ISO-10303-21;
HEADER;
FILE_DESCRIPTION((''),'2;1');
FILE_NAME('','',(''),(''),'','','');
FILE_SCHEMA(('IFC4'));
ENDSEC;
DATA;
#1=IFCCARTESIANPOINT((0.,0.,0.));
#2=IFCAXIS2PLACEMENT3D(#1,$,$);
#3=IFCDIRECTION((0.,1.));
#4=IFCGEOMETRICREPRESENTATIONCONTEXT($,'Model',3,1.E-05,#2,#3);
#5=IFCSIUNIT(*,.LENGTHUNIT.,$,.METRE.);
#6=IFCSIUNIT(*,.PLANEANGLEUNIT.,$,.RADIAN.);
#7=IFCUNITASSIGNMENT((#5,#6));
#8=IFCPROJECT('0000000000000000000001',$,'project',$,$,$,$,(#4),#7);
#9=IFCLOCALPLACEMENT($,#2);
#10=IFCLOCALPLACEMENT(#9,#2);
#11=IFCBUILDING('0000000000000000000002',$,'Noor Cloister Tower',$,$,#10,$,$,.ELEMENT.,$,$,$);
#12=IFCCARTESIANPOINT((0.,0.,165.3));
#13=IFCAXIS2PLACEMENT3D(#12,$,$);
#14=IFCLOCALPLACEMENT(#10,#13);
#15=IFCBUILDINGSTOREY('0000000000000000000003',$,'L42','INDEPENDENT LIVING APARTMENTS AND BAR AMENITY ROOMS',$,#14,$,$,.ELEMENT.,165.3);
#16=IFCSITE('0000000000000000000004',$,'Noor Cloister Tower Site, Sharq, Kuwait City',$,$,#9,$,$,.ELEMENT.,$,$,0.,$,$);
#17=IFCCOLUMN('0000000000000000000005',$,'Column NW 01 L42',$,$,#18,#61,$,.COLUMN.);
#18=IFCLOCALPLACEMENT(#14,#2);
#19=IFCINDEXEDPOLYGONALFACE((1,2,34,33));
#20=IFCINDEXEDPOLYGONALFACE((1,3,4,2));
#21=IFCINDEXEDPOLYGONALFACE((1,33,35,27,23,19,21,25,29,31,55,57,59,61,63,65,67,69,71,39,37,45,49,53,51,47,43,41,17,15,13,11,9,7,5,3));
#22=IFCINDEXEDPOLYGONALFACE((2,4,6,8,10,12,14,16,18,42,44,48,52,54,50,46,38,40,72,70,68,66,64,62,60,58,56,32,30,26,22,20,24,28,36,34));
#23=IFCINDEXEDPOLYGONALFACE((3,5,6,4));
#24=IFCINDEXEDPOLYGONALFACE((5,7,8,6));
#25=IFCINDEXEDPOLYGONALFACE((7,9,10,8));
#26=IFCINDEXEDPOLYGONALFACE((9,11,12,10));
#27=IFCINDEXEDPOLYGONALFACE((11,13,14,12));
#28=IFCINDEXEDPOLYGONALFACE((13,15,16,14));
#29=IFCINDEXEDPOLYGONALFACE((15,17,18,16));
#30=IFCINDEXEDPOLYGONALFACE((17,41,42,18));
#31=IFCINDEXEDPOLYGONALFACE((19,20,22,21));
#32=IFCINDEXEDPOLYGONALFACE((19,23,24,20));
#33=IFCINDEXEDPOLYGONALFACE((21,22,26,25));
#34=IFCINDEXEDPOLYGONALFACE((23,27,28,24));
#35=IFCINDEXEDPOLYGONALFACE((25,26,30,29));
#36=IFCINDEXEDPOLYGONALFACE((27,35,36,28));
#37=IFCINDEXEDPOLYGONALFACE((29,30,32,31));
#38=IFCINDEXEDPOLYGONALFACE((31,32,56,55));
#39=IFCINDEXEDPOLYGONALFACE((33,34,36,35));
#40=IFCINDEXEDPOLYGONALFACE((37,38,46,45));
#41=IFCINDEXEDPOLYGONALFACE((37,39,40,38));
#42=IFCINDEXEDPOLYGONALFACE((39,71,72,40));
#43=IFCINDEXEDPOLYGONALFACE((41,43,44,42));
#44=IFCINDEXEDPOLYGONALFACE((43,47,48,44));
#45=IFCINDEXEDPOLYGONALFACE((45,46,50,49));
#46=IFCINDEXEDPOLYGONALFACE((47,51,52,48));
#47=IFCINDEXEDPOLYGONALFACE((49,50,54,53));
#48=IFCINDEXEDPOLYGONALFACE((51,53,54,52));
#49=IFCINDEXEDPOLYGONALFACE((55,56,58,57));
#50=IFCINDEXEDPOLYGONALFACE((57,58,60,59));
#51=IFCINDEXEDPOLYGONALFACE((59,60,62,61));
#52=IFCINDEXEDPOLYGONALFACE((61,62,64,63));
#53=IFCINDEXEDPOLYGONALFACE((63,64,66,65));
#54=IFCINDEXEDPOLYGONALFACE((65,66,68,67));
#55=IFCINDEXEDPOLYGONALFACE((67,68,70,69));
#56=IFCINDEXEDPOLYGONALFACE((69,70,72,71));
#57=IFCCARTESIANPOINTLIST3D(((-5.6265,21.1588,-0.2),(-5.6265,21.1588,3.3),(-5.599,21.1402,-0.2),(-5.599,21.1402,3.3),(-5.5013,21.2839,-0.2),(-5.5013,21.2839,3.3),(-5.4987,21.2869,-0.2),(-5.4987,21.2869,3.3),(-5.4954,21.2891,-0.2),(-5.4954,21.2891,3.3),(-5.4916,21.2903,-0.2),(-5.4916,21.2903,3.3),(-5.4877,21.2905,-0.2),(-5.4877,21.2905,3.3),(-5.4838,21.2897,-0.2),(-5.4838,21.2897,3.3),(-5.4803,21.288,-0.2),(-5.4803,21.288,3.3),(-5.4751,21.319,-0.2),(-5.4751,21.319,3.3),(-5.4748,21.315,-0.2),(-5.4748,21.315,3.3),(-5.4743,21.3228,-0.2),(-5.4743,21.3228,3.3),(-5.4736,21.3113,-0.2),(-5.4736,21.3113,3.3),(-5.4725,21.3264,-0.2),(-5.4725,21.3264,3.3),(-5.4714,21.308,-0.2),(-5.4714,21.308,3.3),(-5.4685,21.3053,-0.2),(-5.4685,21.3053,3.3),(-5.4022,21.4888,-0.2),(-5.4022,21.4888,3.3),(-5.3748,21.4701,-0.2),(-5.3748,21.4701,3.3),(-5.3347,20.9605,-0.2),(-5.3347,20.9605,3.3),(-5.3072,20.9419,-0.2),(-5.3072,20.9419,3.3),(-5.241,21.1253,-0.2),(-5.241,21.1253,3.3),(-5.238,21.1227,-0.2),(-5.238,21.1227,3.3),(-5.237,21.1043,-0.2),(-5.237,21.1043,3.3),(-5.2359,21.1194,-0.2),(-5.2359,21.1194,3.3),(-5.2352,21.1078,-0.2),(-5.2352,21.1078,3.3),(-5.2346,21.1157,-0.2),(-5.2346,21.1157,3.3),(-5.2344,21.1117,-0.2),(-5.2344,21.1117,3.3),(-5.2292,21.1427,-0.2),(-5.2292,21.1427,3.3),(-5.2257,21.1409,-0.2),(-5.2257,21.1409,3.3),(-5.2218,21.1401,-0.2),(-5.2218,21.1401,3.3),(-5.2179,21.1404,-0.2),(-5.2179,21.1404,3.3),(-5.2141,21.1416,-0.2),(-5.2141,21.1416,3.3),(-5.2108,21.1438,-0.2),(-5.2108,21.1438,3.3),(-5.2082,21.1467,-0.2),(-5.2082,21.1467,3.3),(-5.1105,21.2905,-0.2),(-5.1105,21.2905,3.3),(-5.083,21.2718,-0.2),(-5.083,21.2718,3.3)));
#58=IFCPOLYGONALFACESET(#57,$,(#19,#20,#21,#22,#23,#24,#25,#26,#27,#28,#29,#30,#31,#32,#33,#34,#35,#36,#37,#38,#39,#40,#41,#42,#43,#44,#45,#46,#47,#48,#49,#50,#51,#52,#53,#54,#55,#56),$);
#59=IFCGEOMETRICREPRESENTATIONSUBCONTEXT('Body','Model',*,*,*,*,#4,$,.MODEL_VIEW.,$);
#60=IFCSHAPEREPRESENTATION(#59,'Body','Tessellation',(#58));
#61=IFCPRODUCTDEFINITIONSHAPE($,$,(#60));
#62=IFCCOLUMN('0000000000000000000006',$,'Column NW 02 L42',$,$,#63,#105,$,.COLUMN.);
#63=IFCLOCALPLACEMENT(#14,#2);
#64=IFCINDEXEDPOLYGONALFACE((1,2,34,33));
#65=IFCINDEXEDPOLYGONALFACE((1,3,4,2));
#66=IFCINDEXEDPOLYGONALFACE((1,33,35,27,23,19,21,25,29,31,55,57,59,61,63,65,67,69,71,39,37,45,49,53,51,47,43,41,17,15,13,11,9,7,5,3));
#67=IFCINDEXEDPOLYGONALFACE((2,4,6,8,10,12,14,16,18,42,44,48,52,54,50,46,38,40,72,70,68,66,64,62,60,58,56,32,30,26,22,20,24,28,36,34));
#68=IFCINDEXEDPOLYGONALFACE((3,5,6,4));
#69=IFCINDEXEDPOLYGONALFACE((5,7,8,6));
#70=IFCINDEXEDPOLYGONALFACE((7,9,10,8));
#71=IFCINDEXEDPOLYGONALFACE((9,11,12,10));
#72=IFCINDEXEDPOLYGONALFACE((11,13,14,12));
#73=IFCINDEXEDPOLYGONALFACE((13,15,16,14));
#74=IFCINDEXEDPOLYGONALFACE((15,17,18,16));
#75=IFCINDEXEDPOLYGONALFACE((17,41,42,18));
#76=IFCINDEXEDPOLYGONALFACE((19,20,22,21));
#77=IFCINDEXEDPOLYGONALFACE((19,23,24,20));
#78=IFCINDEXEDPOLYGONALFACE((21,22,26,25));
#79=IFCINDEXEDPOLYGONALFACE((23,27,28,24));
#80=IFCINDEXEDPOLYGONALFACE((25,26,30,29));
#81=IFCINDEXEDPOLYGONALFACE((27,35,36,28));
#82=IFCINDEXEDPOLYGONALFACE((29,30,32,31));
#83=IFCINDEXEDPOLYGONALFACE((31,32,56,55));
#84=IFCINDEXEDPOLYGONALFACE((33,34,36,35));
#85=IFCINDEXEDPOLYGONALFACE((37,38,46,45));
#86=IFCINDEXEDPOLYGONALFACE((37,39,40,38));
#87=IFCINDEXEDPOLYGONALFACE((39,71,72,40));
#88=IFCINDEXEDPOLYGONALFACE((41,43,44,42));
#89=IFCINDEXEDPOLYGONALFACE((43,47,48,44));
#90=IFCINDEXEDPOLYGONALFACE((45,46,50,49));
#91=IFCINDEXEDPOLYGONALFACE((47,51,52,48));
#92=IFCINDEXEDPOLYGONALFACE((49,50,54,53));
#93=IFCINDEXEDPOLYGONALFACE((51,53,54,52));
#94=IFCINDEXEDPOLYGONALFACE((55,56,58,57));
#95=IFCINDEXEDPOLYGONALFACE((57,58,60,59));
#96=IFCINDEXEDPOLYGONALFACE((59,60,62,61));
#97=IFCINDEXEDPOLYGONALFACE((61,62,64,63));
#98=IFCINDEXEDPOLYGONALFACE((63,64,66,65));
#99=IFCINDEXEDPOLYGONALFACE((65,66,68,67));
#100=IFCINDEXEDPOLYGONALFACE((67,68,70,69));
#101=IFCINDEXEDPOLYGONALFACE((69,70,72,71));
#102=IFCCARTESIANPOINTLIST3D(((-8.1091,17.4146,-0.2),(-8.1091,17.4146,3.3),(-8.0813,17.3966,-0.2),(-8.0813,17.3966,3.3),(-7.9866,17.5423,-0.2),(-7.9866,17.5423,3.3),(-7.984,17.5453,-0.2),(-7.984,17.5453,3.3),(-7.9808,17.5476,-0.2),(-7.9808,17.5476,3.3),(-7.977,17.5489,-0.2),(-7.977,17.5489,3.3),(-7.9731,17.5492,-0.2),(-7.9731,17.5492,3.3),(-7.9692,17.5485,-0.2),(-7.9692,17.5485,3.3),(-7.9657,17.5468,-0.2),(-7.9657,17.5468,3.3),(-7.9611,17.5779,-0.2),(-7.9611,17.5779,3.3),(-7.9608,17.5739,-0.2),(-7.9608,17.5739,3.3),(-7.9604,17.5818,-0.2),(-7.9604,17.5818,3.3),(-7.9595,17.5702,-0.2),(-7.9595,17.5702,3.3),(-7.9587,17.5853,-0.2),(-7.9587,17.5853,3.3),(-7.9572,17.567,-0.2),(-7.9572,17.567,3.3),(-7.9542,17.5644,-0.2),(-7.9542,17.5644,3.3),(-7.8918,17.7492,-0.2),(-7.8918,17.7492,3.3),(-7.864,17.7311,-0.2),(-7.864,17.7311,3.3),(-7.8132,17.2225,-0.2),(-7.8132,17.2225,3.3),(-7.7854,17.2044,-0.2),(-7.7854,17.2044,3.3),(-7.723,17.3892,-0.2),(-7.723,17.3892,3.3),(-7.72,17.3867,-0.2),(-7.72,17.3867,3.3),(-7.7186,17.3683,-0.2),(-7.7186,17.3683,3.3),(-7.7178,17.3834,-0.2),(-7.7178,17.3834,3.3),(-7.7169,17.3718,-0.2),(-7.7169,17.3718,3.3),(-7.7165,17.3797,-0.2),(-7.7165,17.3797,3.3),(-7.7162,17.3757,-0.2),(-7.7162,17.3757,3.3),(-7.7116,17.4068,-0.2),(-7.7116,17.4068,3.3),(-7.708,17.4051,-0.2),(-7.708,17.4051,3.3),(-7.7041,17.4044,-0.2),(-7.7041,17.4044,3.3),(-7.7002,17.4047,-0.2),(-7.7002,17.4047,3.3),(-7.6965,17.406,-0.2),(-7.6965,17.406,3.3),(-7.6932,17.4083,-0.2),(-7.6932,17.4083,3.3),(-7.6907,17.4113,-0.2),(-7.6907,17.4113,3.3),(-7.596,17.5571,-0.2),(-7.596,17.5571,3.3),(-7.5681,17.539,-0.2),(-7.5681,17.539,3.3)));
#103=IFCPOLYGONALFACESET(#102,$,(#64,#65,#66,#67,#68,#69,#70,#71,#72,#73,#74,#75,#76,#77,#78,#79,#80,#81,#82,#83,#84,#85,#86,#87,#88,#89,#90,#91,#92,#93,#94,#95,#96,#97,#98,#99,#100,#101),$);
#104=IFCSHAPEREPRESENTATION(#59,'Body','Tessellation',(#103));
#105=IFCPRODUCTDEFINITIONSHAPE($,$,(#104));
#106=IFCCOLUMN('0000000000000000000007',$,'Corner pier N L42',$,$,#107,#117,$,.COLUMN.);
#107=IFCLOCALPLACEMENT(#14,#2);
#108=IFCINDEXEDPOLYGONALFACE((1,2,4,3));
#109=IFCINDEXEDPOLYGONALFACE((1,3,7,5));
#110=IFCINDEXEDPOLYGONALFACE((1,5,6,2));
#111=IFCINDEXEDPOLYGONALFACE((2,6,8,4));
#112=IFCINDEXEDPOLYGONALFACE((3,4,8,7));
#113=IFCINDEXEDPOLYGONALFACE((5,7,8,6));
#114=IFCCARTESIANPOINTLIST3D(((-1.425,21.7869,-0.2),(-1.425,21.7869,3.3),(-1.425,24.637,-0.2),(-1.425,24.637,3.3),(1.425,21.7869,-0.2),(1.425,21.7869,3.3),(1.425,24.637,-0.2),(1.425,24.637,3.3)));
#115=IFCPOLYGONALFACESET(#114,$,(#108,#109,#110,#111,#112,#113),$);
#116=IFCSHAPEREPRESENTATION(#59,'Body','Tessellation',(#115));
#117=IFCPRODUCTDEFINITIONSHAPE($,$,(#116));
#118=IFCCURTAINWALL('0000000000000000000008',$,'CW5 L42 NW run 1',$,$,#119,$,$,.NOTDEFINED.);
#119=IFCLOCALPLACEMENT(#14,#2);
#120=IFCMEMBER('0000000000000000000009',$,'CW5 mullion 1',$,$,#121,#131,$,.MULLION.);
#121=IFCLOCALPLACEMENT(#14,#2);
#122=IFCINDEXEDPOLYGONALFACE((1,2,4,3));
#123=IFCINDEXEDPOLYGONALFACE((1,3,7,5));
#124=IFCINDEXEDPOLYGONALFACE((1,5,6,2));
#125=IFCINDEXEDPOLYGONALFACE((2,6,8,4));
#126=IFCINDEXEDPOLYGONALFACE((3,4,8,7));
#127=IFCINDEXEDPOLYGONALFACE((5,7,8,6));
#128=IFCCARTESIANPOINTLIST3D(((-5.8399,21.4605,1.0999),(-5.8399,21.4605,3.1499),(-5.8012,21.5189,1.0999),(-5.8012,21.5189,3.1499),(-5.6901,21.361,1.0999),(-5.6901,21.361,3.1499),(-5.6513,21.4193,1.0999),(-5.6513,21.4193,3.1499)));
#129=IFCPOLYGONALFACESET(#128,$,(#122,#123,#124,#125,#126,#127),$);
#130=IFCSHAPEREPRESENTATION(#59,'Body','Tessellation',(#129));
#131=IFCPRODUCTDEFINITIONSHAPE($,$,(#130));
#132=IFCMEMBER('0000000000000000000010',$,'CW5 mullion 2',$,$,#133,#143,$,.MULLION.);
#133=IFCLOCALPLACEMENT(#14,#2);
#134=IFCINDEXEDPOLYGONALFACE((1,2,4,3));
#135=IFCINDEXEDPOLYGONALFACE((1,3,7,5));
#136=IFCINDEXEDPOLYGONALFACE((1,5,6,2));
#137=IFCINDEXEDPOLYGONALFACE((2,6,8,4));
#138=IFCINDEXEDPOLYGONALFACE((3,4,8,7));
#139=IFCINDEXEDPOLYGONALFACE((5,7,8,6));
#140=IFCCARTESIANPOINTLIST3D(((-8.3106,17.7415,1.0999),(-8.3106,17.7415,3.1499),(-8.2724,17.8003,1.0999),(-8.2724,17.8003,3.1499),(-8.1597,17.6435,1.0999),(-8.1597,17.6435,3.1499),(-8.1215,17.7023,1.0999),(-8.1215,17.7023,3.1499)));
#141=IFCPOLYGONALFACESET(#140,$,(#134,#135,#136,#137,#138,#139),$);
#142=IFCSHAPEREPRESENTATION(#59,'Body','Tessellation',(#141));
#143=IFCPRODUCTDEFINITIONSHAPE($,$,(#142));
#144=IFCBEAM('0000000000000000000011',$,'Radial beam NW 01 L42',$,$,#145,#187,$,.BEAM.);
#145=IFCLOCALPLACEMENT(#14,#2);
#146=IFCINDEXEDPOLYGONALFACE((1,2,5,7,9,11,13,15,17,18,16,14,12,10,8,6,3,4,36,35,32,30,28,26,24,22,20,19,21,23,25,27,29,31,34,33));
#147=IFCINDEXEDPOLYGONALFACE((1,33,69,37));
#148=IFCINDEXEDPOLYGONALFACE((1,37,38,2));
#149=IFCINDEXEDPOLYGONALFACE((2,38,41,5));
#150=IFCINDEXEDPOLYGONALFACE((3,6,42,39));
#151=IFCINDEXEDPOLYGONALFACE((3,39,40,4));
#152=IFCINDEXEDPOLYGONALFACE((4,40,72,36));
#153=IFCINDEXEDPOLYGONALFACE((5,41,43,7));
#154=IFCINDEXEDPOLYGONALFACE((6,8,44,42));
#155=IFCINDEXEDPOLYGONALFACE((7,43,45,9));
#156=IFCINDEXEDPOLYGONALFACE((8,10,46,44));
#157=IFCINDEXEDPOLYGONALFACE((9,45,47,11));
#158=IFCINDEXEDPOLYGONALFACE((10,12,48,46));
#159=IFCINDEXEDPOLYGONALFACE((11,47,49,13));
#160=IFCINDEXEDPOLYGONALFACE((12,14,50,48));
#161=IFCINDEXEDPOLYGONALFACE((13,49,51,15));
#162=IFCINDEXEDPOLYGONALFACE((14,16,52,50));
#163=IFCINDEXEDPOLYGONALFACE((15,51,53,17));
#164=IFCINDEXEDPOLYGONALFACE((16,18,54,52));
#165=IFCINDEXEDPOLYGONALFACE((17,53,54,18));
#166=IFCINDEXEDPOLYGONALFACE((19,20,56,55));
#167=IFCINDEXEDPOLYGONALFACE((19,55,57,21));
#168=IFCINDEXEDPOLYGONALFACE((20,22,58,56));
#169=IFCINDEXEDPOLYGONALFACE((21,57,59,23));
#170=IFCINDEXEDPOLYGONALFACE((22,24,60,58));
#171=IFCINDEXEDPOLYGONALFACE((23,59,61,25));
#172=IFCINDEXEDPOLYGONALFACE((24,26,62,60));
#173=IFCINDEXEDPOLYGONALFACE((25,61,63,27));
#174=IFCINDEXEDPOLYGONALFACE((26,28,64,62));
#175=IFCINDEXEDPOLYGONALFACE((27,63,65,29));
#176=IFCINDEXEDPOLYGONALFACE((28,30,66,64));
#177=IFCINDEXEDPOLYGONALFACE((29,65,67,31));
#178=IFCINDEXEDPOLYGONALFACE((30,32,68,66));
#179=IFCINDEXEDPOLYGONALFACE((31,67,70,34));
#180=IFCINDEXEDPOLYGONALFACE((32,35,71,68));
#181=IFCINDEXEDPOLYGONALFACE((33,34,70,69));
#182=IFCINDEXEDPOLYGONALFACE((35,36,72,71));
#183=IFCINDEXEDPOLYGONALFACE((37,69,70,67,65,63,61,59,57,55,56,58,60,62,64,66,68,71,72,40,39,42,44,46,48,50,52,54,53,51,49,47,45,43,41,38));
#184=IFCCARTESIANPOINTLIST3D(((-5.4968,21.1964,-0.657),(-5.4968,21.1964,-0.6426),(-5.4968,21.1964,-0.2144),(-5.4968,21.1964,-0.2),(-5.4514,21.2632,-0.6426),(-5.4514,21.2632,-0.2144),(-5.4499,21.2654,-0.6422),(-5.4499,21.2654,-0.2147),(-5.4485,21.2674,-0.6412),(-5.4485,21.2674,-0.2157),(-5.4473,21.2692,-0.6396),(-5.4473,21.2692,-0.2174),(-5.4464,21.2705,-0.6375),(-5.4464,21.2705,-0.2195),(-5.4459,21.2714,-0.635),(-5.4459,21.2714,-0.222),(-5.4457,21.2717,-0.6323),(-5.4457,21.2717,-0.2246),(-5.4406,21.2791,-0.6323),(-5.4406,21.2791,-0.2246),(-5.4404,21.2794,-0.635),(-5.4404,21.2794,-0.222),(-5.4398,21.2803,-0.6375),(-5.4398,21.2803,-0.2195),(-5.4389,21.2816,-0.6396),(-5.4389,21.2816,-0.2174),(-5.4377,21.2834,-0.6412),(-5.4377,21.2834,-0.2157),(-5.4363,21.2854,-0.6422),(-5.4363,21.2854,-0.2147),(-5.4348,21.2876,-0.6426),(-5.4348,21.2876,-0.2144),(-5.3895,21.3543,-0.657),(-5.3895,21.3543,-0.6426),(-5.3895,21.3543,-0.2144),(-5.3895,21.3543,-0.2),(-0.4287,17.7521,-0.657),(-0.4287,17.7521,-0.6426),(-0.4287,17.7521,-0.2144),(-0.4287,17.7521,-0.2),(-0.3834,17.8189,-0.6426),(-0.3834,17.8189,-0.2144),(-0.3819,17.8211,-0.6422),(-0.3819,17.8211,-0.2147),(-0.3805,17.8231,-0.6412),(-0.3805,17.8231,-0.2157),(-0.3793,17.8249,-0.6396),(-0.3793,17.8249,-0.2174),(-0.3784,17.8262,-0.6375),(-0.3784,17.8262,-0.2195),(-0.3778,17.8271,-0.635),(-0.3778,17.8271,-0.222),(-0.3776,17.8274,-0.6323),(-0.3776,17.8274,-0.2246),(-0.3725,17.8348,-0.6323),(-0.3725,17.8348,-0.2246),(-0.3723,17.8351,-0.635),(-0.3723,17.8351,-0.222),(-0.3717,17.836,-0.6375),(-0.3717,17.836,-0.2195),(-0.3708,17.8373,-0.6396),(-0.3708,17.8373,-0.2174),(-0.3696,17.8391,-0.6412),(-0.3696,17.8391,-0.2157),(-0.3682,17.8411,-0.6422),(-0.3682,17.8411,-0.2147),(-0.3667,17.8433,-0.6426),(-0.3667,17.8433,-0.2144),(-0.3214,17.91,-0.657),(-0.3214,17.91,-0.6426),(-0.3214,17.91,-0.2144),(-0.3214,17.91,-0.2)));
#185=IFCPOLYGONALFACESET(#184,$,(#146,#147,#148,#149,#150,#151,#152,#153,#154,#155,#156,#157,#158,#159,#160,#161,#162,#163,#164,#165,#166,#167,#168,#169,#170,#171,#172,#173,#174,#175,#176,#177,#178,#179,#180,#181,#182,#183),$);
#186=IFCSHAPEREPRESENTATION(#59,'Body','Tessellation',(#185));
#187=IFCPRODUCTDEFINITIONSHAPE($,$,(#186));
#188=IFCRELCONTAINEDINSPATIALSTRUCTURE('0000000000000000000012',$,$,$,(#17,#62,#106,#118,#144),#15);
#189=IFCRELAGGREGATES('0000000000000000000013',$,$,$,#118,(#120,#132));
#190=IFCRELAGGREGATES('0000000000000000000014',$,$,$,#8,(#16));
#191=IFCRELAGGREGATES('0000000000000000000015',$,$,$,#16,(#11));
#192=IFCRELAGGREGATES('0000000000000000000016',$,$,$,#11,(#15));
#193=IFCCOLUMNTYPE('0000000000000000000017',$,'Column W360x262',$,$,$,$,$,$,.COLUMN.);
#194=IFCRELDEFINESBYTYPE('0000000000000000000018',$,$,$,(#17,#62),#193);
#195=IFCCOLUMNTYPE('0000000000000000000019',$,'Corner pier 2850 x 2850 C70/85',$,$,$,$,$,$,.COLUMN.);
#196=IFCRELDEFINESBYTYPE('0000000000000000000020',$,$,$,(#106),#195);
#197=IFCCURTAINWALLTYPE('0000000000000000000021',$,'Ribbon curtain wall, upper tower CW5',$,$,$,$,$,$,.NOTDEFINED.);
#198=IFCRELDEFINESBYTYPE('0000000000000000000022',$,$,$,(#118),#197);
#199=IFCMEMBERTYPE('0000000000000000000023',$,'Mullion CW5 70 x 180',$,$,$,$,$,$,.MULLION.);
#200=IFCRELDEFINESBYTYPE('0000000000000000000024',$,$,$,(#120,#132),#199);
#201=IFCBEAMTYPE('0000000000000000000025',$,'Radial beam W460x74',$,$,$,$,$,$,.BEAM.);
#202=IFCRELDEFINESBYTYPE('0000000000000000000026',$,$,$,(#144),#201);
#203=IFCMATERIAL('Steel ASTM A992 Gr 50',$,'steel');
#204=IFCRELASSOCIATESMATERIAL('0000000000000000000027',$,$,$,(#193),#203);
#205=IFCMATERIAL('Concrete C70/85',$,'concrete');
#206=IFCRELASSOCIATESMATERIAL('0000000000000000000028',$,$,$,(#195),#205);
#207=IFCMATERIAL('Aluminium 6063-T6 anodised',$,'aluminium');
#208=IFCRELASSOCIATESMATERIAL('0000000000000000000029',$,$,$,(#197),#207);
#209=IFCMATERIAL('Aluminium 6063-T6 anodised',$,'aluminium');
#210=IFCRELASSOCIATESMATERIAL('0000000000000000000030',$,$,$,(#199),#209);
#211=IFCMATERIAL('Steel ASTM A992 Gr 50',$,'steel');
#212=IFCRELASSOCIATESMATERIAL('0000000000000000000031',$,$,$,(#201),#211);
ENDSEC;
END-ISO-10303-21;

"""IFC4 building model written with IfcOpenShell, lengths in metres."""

from ifc_helpers import new_model, si_unit, direction, frame, origin, origin_2d, place, context, subcontext, project, spatial, rectangle, i_section, extrude, material, material_profile, profile_set, type_object, element, aggregate, save


model = new_model("IFC4")

# Units and contexts
model_context = context("Model", 3, precision=1e-05, world=origin(), true_north=direction((0.0, 1.0)))
body_context = subcontext(model_context, "Body", "Model", "MODEL_VIEW")
ifc_project = project(units=[si_unit("LENGTHUNIT", "METRE"), si_unit("PLANEANGLEUNIT", "RADIAN")], contexts=[model_context])

# Site, building, storey
site_placement = place(None, origin())
site = spatial("IfcSite", under=ifc_project, at=site_placement, Name="Noor Cloister Tower Site, Sharq, Kuwait City", CompositionType="ELEMENT", RefElevation=0.0)
building_placement = place(site_placement, origin())
building = spatial("IfcBuilding", under=site, at=building_placement, Name="Noor Cloister Tower", CompositionType="ELEMENT")
storey_placement = place(building_placement, frame((0.0, 0.0, 165.3)))
storey = spatial("IfcBuildingStorey", under=building, at=storey_placement, Name="L42", Description="INDEPENDENT LIVING APARTMENTS AND BAR AMENITY ROOMS", CompositionType="ELEMENT", Elevation=165.3)

# Columns
ifc_material_1 = material(Name="Steel ASTM A992 Gr 50", Category="steel")
ifc_material_profile_1 = material_profile(ifc_material_1, i_section(OverallWidth=0.3989, OverallDepth=0.386, WebThickness=0.021, FlangeThickness=0.0332, FilletRadius=0.0151, at=origin_2d()), Name="W360x262")
ifc_profile_set_1 = profile_set([ifc_material_profile_1], Name="Steel ASTM A992 Gr 50")
column_type_1 = type_object("IfcColumnType", Name="Column W360x262", PredefinedType="COLUMN", material=ifc_profile_set_1)
for number, where, z_axis, x_axis, name in (
    (1, (-5.3547, 21.2153, -0.2), (0.0, 0.0, 1.0), (-0.56209, -0.827076, 0.0), "Column NW 01 L42"),
    (2, (-7.8386, 17.4768, -0.2), (0.0, 0.0, 1.0), (-0.544644, -0.838667, 0.0), "Column NW 02 L42"),
):
    element("IfcColumn", number, at=place(storey_placement, frame(where, z_axis=z_axis, x_axis=x_axis)), inside=storey, type_object=column_type_1, Name=name, PredefinedType="COLUMN", context=body_context, shape_type="SweptSolid", body=[
        extrude(i_section(OverallWidth=0.3989, OverallDepth=0.386, WebThickness=0.021, FlangeThickness=0.0332, FilletRadius=0.0151, at=origin_2d()), origin(), (0.0, 0.0, 1.0), 3.5),
    ])
ifc_material_2 = material(Name="Concrete C70/85", Category="concrete")
ifc_material_profile_2 = material_profile(ifc_material_2, rectangle(XDim=2.8501, YDim=2.8501, at=origin_2d()), Name="RC 2850x2850")
ifc_profile_set_2 = profile_set([ifc_material_profile_2], Name="Concrete C70/85")
column_type_2 = type_object("IfcColumnType", Name="Corner pier 2850 x 2850 C70/85", PredefinedType="COLUMN", material=ifc_profile_set_2)
column_placement = place(storey_placement, frame((0.0, 23.2119, -0.2), z_axis=(0.0, 0.0, 1.0), x_axis=(0.0, 1.0, 0.0)))
element("IfcColumn", 3, at=column_placement, inside=storey, type_object=column_type_2, Name="Corner pier N L42", PredefinedType="COLUMN", context=body_context, shape_type="SweptSolid", body=[
    extrude(rectangle(XDim=2.8501, YDim=2.8501, at=origin_2d()), origin(), (0.0, 0.0, 1.0), 3.5),
])

# Curtain wall, members
ifc_material_3 = material(Name="Aluminium 6063-T6 anodised", Category="aluminium")
curtain_wall_type = type_object("IfcCurtainWallType", Name="Ribbon curtain wall, upper tower CW5", PredefinedType="NOTDEFINED", material=ifc_material_3)
curtain_wall_placement = place(storey_placement, origin())
curtain_wall = element("IfcCurtainWall", 4, at=curtain_wall_placement, inside=storey, type_object=curtain_wall_type, Name="CW5 L42 NW run 1", PredefinedType="NOTDEFINED")
ifc_material_4 = material(Name="Aluminium 6063-T6 anodised", Category="aluminium")
ifc_material_profile_3 = material_profile(ifc_material_4, rectangle(XDim=0.1799, YDim=0.0701, at=origin_2d()), Name="180 x 70 mullion")
ifc_profile_set_3 = profile_set([ifc_material_profile_3], Name="Aluminium 6063-T6 anodised")
member_type = type_object("IfcMemberType", Name="Mullion CW5 70 x 180", PredefinedType="MULLION", material=ifc_profile_set_3)
member_1_placement = place(storey_placement, frame((-5.7456, 21.4399, 1.0999), z_axis=(0.0, 0.0, 1.0), x_axis=(0.832917, -0.553398, 0.0)))
member_1 = element("IfcMember", 5, at=member_1_placement, type_object=member_type, Name="CW5 mullion 1", PredefinedType="MULLION", context=body_context, shape_type="SweptSolid", body=[
    extrude(rectangle(XDim=0.1799, YDim=0.0701, at=origin_2d()), origin(), (0.0, 0.0, 1.0), 2.05),
])
member_2_placement = place(storey_placement, frame((-8.2161, 17.7219, 1.0999), z_axis=(0.0, 0.0, 1.0), x_axis=(0.838667, -0.544644, 0.0)))
member_2 = element("IfcMember", 6, at=member_2_placement, type_object=member_type, Name="CW5 mullion 2", PredefinedType="MULLION", context=body_context, shape_type="SweptSolid", body=[
    extrude(rectangle(XDim=0.1799, YDim=0.0701, at=origin_2d()), origin(), (0.0, 0.0, 1.0), 2.05),
])

# Beam
ifc_material_5 = material(Name="Steel ASTM A992 Gr 50", Category="steel")
ifc_material_profile_4 = material_profile(ifc_material_5, i_section(OverallWidth=0.1909, OverallDepth=0.457, WebThickness=0.009, FlangeThickness=0.0144, FilletRadius=0.0103, at=origin_2d()), Name="W460x74")
ifc_profile_set_4 = profile_set([ifc_material_profile_4], Name="Steel ASTM A992 Gr 50")
beam_type_1 = type_object("IfcBeamType", Name="Radial beam W460x74", PredefinedType="BEAM", material=ifc_profile_set_4)
beam_1_placement = place(storey_placement, frame((-5.4431, 21.2754, -0.4285), z_axis=(0.827077, -0.562089, 0.0), x_axis=(0.562089, 0.827077, 0.0)))
element("IfcBeam", 7, at=beam_1_placement, inside=storey, type_object=beam_type_1, Name="Radial beam NW 01 L42", PredefinedType="BEAM", context=body_context, shape_type="SweptSolid", body=[
    extrude(i_section(OverallWidth=0.1909, OverallDepth=0.457, WebThickness=0.009, FlangeThickness=0.0144, FilletRadius=0.0103, at=origin_2d()), origin(), (0.0, 0.0, 1.0), 6.1277),
])

aggregate(curtain_wall, [member_1, member_2])

save(model, "model.ifc")
